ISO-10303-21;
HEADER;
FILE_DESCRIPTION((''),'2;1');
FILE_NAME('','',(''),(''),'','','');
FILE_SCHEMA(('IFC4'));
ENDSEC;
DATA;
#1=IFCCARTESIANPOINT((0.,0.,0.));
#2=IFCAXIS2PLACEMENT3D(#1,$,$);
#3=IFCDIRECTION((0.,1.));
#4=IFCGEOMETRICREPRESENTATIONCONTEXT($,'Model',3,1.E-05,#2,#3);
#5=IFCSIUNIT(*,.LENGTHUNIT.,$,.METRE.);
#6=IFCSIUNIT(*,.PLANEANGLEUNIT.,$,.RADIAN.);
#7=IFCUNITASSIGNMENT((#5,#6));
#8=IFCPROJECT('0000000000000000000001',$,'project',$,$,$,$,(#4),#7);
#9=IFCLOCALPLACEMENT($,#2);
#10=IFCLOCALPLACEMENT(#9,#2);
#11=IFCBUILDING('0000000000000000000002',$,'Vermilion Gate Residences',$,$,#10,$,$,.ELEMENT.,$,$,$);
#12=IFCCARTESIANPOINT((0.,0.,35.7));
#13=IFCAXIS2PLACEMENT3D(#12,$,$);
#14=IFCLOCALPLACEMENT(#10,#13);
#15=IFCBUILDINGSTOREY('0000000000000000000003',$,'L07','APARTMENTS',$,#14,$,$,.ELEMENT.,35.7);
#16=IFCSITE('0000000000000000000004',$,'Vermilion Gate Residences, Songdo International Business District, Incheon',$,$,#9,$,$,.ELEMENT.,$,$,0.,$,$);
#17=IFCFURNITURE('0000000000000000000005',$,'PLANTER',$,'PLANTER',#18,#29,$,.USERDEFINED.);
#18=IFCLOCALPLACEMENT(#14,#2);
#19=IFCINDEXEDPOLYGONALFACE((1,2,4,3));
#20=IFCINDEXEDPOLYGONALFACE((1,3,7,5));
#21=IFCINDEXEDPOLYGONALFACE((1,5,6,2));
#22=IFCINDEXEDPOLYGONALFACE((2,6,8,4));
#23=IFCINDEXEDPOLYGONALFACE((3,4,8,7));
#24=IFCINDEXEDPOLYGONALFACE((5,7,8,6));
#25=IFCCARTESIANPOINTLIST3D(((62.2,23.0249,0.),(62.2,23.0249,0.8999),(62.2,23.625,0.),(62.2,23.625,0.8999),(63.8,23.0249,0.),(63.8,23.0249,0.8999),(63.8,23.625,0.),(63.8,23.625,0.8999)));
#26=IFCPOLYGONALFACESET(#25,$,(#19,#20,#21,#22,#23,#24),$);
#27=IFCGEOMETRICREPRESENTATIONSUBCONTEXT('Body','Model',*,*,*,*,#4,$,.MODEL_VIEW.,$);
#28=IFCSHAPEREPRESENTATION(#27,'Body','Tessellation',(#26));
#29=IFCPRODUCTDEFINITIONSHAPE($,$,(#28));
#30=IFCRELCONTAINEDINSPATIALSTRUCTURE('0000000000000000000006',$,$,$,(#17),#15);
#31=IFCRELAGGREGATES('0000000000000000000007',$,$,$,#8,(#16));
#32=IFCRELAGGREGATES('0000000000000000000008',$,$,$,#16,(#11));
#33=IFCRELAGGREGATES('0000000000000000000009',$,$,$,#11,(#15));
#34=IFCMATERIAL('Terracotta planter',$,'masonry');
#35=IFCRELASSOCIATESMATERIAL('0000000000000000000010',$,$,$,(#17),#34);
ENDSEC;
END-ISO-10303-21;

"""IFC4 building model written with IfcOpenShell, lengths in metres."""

from ifc_helpers import new_model, si_unit, direction, frame, origin, origin_2d, place, context, subcontext, project, spatial, rectangle, extrude, material, element, save


model = new_model("IFC4")

# Units and contexts
model_context = context("Model", 3, precision=1e-05, world=origin(), true_north=direction((0.0, 1.0)))
body_context = subcontext(model_context, "Body", "Model", "MODEL_VIEW")
ifc_project = project(units=[si_unit("LENGTHUNIT", "METRE"), si_unit("PLANEANGLEUNIT", "RADIAN")], contexts=[model_context])

# Site, building, storey
site_placement = place(None, origin())
site = spatial("IfcSite", under=ifc_project, at=site_placement, Name="Vermilion Gate Residences, Songdo International Business District, Incheon", CompositionType="ELEMENT", RefElevation=0.0)
building_placement = place(site_placement, origin())
building = spatial("IfcBuilding", under=site, at=building_placement, Name="Vermilion Gate Residences", CompositionType="ELEMENT")
storey_placement = place(building_placement, frame((0.0, 0.0, 35.7)))
storey = spatial("IfcBuildingStorey", under=building, at=storey_placement, Name="L07", Description="APARTMENTS", CompositionType="ELEMENT", Elevation=35.7)

# Furniture
ifc_material_1 = material(Name="Terracotta planter", Category="masonry")
furniture_placement = place(storey_placement, frame((63.0, 23.325, 0.0), z_axis=(0.0, 0.0, 1.0), x_axis=(-1.0, 0.0, 0.0)))
element("IfcFurniture", 1, at=furniture_placement, inside=storey, material=ifc_material_1, Name="PLANTER", ObjectType="PLANTER", PredefinedType="USERDEFINED", context=body_context, shape_type="SweptSolid", body=[
    extrude(rectangle(XDim=1.6001, YDim=0.6001, at=origin_2d()), origin(), (0.0, 0.0, 1.0), 0.8999),
])

save(model, "model.ifc")
